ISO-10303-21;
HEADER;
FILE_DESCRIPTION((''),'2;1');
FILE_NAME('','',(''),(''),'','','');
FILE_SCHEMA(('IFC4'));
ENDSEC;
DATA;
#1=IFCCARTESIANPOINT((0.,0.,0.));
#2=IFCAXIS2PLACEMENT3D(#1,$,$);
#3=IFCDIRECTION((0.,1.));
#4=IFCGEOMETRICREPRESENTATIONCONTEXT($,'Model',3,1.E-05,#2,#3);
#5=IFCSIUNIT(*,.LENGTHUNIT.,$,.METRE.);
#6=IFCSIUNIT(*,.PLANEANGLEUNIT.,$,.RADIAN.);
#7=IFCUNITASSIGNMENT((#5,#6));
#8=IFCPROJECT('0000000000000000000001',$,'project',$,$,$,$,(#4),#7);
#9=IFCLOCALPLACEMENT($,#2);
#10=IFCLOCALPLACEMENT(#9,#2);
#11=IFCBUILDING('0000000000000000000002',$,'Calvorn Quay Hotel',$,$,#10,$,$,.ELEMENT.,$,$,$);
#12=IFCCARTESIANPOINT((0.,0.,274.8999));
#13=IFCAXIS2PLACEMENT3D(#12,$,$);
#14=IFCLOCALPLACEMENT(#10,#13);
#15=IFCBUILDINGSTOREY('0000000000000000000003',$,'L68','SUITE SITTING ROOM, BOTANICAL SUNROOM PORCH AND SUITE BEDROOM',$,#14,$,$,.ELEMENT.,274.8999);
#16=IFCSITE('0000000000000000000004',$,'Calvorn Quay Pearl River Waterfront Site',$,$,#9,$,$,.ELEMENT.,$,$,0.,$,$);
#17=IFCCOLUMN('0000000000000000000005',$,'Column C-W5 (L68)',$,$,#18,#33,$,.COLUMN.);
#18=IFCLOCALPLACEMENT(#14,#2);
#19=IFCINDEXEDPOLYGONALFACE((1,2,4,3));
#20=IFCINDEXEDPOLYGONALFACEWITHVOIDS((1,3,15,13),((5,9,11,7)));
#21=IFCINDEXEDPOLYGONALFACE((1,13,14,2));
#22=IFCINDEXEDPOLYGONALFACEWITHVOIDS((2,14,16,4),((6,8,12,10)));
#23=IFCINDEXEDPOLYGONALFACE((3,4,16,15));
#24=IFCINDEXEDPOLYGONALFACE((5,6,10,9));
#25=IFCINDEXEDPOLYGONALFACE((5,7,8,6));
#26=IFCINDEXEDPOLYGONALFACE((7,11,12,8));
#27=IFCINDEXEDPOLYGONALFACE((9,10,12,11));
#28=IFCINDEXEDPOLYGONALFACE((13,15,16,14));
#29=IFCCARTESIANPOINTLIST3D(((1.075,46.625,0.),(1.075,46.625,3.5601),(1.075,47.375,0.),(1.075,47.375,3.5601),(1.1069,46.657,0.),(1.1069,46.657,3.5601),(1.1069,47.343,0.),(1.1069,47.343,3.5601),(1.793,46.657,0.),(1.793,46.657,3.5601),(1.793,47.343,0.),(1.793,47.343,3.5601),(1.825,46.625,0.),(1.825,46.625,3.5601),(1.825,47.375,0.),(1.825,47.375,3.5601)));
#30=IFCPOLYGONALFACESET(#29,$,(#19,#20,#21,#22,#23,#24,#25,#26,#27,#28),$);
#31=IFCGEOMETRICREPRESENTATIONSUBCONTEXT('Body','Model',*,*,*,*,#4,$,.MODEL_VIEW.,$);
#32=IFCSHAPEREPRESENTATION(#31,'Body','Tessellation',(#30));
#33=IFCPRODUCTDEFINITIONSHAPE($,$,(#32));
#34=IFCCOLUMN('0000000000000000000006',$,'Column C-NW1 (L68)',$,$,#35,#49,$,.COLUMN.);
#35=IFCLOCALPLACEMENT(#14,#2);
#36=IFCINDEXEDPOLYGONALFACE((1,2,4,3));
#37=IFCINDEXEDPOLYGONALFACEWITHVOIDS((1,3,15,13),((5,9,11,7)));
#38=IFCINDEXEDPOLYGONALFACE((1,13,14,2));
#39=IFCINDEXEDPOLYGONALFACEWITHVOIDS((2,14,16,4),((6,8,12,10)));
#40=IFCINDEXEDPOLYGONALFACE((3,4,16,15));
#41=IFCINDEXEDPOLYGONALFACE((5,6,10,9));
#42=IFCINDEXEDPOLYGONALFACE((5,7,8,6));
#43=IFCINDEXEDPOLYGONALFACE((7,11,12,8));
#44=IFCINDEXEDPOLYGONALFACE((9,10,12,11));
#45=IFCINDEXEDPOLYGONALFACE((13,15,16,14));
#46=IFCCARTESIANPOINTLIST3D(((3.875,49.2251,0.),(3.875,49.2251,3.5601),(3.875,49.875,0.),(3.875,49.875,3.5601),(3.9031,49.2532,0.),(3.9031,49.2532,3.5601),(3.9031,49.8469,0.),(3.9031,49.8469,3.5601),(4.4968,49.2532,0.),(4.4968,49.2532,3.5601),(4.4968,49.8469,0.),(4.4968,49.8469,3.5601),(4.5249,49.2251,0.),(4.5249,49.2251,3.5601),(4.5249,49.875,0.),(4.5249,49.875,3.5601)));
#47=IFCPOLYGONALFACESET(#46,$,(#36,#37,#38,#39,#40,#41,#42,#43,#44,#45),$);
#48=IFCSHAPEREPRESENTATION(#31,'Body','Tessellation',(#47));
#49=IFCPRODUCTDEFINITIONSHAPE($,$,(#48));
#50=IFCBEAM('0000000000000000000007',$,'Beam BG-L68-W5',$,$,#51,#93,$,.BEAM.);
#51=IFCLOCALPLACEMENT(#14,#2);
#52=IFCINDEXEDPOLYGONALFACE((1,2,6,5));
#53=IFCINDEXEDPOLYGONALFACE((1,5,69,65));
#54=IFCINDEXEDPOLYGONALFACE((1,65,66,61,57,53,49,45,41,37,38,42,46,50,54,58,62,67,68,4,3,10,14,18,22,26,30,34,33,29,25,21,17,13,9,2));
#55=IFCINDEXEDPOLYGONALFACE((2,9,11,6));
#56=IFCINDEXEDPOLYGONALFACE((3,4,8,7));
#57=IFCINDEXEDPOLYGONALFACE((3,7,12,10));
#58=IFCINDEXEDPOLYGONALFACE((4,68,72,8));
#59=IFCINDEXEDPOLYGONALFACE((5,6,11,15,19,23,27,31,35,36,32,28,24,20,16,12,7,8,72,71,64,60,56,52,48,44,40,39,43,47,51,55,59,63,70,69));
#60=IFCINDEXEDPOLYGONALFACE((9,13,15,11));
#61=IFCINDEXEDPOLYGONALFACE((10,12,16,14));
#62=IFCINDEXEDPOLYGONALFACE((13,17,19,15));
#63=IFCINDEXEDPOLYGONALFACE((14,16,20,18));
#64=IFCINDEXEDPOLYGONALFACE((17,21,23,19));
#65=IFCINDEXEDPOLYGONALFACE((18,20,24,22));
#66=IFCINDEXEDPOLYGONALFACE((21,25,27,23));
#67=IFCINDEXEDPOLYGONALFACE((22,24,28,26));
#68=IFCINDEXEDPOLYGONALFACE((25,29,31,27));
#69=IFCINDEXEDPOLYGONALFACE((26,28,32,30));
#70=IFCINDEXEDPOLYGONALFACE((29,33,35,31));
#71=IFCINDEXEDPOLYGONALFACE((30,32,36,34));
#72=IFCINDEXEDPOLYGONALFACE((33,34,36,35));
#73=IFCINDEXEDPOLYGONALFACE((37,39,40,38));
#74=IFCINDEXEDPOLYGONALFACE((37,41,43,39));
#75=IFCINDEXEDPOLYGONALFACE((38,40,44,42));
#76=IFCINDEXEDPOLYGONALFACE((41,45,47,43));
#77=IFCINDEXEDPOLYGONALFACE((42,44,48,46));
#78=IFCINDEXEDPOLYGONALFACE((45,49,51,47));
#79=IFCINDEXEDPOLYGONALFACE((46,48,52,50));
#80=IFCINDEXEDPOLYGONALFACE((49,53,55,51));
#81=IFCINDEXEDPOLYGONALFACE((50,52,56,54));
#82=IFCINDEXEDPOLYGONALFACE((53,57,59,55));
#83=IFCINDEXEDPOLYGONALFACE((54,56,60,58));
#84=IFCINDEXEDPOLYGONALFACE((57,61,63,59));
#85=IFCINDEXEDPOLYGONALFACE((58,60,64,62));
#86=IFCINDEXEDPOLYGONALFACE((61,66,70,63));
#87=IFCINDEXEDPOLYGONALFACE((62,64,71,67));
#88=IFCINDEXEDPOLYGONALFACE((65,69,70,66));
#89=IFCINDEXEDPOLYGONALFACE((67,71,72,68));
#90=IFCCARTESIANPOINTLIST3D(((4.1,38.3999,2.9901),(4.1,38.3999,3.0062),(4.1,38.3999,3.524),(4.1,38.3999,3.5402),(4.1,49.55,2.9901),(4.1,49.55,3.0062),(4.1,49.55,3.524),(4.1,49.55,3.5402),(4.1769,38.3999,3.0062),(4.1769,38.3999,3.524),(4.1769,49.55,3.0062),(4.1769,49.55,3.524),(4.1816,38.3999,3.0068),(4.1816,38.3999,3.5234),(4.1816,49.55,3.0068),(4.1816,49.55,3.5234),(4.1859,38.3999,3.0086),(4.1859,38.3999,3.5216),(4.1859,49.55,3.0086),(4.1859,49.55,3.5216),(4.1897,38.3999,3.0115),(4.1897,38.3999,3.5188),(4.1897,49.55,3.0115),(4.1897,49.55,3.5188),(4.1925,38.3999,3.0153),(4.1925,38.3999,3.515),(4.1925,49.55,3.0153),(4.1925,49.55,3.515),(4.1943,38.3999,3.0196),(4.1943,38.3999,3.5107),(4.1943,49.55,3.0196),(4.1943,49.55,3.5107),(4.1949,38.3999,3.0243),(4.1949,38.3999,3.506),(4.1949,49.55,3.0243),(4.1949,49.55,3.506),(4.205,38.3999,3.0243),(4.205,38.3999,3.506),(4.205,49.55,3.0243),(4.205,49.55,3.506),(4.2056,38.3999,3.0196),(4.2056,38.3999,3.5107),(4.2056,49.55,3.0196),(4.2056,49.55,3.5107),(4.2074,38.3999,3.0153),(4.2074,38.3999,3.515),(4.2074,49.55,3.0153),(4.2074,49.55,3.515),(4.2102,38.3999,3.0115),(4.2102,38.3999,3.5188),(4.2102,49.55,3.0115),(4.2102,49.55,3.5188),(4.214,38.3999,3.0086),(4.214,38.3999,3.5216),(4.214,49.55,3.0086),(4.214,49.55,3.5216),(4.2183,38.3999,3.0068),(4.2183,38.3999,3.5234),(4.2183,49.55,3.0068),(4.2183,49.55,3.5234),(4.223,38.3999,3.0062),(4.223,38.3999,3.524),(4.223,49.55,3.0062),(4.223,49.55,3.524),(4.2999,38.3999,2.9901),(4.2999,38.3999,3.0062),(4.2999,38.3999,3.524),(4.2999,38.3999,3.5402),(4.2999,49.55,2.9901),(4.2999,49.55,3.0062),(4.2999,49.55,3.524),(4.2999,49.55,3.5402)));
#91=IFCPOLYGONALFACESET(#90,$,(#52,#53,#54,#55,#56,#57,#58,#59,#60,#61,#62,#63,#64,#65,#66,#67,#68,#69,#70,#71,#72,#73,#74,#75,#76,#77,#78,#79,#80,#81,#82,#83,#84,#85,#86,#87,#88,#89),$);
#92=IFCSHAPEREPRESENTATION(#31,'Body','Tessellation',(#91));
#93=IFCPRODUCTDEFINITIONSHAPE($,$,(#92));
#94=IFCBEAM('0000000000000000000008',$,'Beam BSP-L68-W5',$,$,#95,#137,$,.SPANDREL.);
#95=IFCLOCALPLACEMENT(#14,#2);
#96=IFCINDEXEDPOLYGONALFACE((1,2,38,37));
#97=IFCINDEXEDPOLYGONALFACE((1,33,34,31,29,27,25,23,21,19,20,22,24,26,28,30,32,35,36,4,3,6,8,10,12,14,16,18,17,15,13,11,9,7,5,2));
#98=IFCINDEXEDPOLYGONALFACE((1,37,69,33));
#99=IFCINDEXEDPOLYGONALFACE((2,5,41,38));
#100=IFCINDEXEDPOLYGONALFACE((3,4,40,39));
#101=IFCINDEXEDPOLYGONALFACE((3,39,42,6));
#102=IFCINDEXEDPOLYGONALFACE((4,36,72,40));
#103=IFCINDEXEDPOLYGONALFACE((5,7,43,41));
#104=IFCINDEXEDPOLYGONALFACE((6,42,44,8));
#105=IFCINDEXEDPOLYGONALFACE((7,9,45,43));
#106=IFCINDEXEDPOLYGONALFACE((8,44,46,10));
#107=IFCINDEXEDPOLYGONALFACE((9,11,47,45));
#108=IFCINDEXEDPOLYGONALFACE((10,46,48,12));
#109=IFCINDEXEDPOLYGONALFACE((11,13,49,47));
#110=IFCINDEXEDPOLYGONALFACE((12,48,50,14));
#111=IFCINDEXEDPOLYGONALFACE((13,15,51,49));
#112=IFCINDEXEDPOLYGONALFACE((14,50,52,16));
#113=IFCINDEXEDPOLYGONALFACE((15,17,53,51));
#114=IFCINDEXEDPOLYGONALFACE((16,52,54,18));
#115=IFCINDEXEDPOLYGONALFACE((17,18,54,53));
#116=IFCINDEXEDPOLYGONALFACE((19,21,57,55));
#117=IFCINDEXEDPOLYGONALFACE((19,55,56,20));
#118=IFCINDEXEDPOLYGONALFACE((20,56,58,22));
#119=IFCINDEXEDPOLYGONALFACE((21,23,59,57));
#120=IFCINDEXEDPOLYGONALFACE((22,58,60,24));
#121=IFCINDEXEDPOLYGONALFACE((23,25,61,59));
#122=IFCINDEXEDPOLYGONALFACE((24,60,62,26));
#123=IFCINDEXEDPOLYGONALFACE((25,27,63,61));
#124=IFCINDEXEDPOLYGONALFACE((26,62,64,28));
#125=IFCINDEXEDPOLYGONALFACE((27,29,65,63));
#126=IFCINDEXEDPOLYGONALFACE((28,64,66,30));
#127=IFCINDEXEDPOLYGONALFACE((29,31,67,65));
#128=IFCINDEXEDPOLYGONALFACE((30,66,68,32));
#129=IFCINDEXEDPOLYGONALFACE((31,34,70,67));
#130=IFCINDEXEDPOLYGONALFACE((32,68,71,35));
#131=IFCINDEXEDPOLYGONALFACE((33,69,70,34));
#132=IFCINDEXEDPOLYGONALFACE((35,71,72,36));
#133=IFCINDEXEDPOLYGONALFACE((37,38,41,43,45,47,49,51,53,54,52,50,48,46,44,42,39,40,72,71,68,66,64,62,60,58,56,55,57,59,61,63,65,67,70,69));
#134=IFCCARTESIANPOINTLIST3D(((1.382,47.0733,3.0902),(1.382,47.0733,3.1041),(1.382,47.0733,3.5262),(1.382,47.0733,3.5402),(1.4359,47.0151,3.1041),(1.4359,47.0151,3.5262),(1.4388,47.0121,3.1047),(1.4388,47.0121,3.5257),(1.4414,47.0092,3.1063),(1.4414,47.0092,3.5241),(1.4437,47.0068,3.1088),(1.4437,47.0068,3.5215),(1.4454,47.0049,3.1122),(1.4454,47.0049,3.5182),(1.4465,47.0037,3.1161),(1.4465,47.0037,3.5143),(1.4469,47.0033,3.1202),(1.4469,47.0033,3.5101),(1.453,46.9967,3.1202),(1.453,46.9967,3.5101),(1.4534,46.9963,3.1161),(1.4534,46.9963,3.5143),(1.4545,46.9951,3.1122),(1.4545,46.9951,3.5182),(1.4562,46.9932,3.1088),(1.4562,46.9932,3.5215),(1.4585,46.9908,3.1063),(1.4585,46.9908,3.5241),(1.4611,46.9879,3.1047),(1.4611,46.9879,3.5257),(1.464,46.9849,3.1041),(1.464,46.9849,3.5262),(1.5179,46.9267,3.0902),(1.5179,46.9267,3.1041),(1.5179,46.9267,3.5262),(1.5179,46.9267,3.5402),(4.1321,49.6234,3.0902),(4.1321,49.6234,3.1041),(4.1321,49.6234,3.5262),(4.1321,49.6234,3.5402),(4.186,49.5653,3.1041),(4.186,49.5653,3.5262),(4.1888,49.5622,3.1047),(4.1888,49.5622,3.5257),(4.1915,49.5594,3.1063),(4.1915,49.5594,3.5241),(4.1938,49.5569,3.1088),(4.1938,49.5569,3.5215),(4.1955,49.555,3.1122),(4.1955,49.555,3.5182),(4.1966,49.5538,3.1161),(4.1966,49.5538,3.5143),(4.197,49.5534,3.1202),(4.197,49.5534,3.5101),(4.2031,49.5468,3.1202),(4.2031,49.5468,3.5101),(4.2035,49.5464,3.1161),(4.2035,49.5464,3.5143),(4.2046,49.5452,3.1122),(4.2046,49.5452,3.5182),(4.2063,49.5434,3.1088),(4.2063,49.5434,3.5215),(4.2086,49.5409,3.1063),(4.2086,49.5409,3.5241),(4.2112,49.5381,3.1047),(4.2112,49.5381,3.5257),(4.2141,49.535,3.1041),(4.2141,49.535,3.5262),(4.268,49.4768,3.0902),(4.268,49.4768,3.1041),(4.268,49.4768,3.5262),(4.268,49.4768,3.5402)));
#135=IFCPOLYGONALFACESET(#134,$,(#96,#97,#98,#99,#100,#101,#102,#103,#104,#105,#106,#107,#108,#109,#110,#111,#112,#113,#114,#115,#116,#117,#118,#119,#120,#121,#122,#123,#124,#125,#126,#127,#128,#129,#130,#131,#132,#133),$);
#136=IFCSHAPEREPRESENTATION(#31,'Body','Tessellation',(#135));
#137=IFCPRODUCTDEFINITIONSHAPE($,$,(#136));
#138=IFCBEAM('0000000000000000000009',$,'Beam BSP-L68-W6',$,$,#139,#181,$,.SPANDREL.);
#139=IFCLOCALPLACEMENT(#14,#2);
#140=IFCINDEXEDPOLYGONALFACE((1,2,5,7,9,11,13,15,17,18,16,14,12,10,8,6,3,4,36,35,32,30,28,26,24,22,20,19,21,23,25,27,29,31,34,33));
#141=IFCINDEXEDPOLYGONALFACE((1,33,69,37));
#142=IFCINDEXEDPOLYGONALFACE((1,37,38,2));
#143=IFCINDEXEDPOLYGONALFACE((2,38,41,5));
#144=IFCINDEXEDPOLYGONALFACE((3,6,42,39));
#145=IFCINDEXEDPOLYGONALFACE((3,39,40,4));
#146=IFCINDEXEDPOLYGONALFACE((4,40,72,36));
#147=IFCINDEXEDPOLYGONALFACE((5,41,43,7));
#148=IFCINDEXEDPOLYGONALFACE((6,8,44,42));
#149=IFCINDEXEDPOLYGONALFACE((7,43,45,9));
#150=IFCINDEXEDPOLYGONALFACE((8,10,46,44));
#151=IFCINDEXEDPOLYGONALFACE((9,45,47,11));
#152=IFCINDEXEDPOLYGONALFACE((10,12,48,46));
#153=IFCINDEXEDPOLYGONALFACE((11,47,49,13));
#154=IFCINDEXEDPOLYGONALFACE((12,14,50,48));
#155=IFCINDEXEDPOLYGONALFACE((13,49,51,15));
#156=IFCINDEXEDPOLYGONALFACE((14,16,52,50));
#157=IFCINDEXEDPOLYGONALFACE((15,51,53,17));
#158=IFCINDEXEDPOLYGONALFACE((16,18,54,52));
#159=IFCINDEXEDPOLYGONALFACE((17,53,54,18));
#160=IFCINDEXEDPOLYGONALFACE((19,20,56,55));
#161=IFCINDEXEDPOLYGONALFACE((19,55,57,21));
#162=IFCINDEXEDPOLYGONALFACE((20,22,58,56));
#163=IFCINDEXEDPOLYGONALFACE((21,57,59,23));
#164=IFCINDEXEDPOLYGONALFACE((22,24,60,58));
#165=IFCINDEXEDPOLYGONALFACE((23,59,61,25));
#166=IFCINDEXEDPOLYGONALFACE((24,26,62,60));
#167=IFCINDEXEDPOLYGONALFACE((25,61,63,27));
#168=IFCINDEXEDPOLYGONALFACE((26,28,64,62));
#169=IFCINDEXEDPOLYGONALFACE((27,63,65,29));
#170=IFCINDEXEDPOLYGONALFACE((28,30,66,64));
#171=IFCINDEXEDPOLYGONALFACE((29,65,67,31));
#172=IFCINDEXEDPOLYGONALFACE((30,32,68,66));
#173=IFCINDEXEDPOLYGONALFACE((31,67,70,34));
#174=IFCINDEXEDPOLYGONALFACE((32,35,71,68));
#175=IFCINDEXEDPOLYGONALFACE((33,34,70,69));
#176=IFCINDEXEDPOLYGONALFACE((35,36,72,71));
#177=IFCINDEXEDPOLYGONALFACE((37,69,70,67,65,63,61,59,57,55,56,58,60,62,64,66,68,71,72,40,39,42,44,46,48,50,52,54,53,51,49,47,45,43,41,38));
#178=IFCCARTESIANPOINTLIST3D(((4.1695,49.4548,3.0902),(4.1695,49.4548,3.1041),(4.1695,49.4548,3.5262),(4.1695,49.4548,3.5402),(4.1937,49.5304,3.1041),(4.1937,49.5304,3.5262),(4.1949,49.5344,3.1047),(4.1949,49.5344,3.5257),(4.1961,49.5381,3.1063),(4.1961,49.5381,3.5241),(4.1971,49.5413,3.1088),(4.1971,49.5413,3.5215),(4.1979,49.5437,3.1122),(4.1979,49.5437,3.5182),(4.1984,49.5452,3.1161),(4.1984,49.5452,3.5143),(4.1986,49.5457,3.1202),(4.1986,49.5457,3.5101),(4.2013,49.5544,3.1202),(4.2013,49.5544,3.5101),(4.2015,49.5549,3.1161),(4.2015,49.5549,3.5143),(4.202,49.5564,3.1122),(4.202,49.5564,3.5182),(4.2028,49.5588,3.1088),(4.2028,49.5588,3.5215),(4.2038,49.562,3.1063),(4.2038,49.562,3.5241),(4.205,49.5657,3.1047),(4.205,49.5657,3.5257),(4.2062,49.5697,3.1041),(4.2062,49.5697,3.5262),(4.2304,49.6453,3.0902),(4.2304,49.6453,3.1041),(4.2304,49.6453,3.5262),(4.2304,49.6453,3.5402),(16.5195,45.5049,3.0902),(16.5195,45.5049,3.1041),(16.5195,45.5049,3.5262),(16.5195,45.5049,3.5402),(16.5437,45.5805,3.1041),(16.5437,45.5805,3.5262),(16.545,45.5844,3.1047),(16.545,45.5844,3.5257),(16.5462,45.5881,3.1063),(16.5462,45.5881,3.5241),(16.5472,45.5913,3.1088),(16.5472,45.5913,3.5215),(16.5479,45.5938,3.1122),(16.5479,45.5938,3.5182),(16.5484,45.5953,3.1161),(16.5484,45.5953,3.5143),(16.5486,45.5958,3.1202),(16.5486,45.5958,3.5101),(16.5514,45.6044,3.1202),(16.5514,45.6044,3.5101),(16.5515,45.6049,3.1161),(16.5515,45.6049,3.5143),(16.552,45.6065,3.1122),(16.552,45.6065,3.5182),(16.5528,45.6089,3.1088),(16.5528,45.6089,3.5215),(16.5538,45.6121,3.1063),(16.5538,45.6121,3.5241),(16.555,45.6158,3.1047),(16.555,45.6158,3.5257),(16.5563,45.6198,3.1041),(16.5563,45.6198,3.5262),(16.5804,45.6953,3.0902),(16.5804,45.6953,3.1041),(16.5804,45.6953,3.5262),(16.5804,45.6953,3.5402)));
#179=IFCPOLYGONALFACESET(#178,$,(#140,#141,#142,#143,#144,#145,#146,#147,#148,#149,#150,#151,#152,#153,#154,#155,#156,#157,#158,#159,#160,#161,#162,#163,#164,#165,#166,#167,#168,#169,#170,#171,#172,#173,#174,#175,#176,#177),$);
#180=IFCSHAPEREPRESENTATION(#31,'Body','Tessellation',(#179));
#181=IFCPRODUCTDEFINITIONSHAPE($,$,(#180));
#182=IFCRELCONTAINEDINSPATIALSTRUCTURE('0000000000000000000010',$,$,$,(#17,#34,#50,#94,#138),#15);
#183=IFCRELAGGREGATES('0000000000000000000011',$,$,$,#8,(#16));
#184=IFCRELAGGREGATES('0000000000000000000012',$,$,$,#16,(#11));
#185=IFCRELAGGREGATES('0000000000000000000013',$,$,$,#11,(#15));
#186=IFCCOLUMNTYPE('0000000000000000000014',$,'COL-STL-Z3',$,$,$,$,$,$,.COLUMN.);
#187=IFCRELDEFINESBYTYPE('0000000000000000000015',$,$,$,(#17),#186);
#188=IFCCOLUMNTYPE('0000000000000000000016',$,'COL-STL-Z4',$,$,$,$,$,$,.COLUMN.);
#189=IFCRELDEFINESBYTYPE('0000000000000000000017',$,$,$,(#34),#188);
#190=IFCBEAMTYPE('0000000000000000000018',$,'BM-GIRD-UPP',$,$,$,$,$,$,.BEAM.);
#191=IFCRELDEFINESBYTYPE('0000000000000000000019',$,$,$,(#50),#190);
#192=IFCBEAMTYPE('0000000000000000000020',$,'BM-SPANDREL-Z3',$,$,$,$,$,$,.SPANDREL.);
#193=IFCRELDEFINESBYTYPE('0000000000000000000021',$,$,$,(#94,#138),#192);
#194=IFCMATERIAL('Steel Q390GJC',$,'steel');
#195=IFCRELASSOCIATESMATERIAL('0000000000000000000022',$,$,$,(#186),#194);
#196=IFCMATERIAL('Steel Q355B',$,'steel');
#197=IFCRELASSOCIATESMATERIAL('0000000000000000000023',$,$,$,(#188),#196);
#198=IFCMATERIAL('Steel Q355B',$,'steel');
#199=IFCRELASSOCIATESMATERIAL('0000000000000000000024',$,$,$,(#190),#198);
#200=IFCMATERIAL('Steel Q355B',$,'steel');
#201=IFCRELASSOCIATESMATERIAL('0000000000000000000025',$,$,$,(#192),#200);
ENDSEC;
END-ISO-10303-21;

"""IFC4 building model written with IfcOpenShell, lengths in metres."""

from ifc_helpers import new_model, si_unit, direction, frame, origin, origin_2d, place, context, subcontext, project, spatial, hollow_rectangle, i_section, extrude, material, material_profile, profile_set, type_object, element, save


model = new_model("IFC4")

# Units and contexts
model_context = context("Model", 3, precision=1e-05, world=origin(), true_north=direction((0.0, 1.0)))
body_context = subcontext(model_context, "Body", "Model", "MODEL_VIEW")
ifc_project = project(units=[si_unit("LENGTHUNIT", "METRE"), si_unit("PLANEANGLEUNIT", "RADIAN")], contexts=[model_context])

# Site, building, storey
site_placement = place(None, origin())
site = spatial("IfcSite", under=ifc_project, at=site_placement, Name="Calvorn Quay Pearl River Waterfront Site", CompositionType="ELEMENT", RefElevation=0.0)
building_placement = place(site_placement, origin())
building = spatial("IfcBuilding", under=site, at=building_placement, Name="Calvorn Quay Hotel", CompositionType="ELEMENT")
storey_placement = place(building_placement, frame((0.0, 0.0, 274.8999)))
storey = spatial("IfcBuildingStorey", under=building, at=storey_placement, Name="L68", Description="SUITE SITTING ROOM, BOTANICAL SUNROOM PORCH AND SUITE BEDROOM", CompositionType="ELEMENT", Elevation=274.8999)

# Columns
ifc_material_1 = material(Name="Steel Q390GJC", Category="steel")
ifc_material_profile_1 = material_profile(ifc_material_1, hollow_rectangle(XDim=0.75, YDim=0.75, WallThickness=0.032, at=origin_2d()), Name="BOX750x750x32")
ifc_profile_set_1 = profile_set([ifc_material_profile_1], Name="Steel Q390GJC")
column_type_1 = type_object("IfcColumnType", Name="COL-STL-Z3", PredefinedType="COLUMN", material=ifc_profile_set_1)
column_1_placement = place(storey_placement, frame((1.45, 47.0, 0.0), z_axis=(0.0, 0.0, 1.0), x_axis=(1.0, 0.0, 0.0)))
element("IfcColumn", 1, at=column_1_placement, inside=storey, type_object=column_type_1, Name="Column C-W5 (L68)", PredefinedType="COLUMN", context=body_context, shape_type="SweptSolid", body=[
    extrude(hollow_rectangle(XDim=0.75, YDim=0.75, WallThickness=0.032, at=origin_2d()), origin(), (0.0, 0.0, 1.0), 3.5601),
])
ifc_material_2 = material(Name="Steel Q355B", Category="steel")
ifc_material_profile_2 = material_profile(ifc_material_2, hollow_rectangle(XDim=0.6499, YDim=0.6499, WallThickness=0.0281, at=origin_2d()), Name="BOX650x650x28")
ifc_profile_set_2 = profile_set([ifc_material_profile_2], Name="Steel Q355B")
column_type_2 = type_object("IfcColumnType", Name="COL-STL-Z4", PredefinedType="COLUMN", material=ifc_profile_set_2)
column_2_placement = place(storey_placement, frame((4.2, 49.55, 0.0), z_axis=(0.0, 0.0, 1.0), x_axis=(1.0, 0.0, 0.0)))
element("IfcColumn", 2, at=column_2_placement, inside=storey, type_object=column_type_2, Name="Column C-NW1 (L68)", PredefinedType="COLUMN", context=body_context, shape_type="SweptSolid", body=[
    extrude(hollow_rectangle(XDim=0.6499, YDim=0.6499, WallThickness=0.0281, at=origin_2d()), origin(), (0.0, 0.0, 1.0), 3.5601),
])

# Beams
ifc_material_3 = material(Name="Steel Q355B", Category="steel")
ifc_material_profile_3 = material_profile(ifc_material_3, i_section(OverallWidth=0.2, OverallDepth=0.55, WebThickness=0.01, FlangeThickness=0.0161, FilletRadius=0.0181, at=origin_2d()), Name="HN550x200x10x16")
ifc_profile_set_3 = profile_set([ifc_material_profile_3], Name="Steel Q355B")
beam_type_1 = type_object("IfcBeamType", Name="BM-GIRD-UPP", PredefinedType="BEAM", material=ifc_profile_set_3)
beam_1_placement = place(storey_placement, frame((4.2, 49.55, 3.2651), z_axis=(0.0, -1.0, 0.0), x_axis=(1.0, 0.0, 0.0)))
element("IfcBeam", 3, at=beam_1_placement, inside=storey, type_object=beam_type_1, Name="Beam BG-L68-W5", PredefinedType="BEAM", context=body_context, shape_type="SweptSolid", body=[
    extrude(i_section(OverallWidth=0.2, OverallDepth=0.55, WebThickness=0.01, FlangeThickness=0.0161, FilletRadius=0.0181, at=origin_2d()), origin(), (0.0, 0.0, 1.0), 11.1501),
])
ifc_material_4 = material(Name="Steel Q355B", Category="steel")
ifc_material_profile_4 = material_profile(ifc_material_4, i_section(OverallWidth=0.2, OverallDepth=0.45, WebThickness=0.009, FlangeThickness=0.0139, FilletRadius=0.0161, at=origin_2d()), Name="HN450x200x9x14")
ifc_profile_set_4 = profile_set([ifc_material_profile_4], Name="Steel Q355B")
beam_type_2 = type_object("IfcBeamType", Name="BM-SPANDREL-Z3", PredefinedType="SPANDREL", material=ifc_profile_set_4)
beam_2_placement = place(storey_placement, frame((1.45, 47.0, 3.3152), z_axis=(0.733262, 0.679947, 0.0), x_axis=(-0.679947, 0.733262, 0.0)))
element("IfcBeam", 4, at=beam_2_placement, inside=storey, type_object=beam_type_2, Name="Beam BSP-L68-W5", PredefinedType="SPANDREL", context=body_context, shape_type="SweptSolid", body=[
    extrude(i_section(OverallWidth=0.2, OverallDepth=0.45, WebThickness=0.009, FlangeThickness=0.0139, FilletRadius=0.0161, at=origin_2d()), origin(), (0.0, 0.0, 1.0), 3.7505),
])
beam_3_placement = place(storey_placement, frame((4.2, 49.55, 3.3152), z_axis=(0.952471, -0.30463, 0.0), x_axis=(0.30463, 0.952471, 0.0)))
element("IfcBeam", 5, at=beam_3_placement, inside=storey, type_object=beam_type_2, Name="Beam BSP-L68-W6", PredefinedType="SPANDREL", context=body_context, shape_type="SweptSolid", body=[
    extrude(i_section(OverallWidth=0.2, OverallDepth=0.45, WebThickness=0.009, FlangeThickness=0.0139, FilletRadius=0.0161, at=origin_2d()), origin(), (0.0, 0.0, 1.0), 12.9663),
])

save(model, "model.ifc")
